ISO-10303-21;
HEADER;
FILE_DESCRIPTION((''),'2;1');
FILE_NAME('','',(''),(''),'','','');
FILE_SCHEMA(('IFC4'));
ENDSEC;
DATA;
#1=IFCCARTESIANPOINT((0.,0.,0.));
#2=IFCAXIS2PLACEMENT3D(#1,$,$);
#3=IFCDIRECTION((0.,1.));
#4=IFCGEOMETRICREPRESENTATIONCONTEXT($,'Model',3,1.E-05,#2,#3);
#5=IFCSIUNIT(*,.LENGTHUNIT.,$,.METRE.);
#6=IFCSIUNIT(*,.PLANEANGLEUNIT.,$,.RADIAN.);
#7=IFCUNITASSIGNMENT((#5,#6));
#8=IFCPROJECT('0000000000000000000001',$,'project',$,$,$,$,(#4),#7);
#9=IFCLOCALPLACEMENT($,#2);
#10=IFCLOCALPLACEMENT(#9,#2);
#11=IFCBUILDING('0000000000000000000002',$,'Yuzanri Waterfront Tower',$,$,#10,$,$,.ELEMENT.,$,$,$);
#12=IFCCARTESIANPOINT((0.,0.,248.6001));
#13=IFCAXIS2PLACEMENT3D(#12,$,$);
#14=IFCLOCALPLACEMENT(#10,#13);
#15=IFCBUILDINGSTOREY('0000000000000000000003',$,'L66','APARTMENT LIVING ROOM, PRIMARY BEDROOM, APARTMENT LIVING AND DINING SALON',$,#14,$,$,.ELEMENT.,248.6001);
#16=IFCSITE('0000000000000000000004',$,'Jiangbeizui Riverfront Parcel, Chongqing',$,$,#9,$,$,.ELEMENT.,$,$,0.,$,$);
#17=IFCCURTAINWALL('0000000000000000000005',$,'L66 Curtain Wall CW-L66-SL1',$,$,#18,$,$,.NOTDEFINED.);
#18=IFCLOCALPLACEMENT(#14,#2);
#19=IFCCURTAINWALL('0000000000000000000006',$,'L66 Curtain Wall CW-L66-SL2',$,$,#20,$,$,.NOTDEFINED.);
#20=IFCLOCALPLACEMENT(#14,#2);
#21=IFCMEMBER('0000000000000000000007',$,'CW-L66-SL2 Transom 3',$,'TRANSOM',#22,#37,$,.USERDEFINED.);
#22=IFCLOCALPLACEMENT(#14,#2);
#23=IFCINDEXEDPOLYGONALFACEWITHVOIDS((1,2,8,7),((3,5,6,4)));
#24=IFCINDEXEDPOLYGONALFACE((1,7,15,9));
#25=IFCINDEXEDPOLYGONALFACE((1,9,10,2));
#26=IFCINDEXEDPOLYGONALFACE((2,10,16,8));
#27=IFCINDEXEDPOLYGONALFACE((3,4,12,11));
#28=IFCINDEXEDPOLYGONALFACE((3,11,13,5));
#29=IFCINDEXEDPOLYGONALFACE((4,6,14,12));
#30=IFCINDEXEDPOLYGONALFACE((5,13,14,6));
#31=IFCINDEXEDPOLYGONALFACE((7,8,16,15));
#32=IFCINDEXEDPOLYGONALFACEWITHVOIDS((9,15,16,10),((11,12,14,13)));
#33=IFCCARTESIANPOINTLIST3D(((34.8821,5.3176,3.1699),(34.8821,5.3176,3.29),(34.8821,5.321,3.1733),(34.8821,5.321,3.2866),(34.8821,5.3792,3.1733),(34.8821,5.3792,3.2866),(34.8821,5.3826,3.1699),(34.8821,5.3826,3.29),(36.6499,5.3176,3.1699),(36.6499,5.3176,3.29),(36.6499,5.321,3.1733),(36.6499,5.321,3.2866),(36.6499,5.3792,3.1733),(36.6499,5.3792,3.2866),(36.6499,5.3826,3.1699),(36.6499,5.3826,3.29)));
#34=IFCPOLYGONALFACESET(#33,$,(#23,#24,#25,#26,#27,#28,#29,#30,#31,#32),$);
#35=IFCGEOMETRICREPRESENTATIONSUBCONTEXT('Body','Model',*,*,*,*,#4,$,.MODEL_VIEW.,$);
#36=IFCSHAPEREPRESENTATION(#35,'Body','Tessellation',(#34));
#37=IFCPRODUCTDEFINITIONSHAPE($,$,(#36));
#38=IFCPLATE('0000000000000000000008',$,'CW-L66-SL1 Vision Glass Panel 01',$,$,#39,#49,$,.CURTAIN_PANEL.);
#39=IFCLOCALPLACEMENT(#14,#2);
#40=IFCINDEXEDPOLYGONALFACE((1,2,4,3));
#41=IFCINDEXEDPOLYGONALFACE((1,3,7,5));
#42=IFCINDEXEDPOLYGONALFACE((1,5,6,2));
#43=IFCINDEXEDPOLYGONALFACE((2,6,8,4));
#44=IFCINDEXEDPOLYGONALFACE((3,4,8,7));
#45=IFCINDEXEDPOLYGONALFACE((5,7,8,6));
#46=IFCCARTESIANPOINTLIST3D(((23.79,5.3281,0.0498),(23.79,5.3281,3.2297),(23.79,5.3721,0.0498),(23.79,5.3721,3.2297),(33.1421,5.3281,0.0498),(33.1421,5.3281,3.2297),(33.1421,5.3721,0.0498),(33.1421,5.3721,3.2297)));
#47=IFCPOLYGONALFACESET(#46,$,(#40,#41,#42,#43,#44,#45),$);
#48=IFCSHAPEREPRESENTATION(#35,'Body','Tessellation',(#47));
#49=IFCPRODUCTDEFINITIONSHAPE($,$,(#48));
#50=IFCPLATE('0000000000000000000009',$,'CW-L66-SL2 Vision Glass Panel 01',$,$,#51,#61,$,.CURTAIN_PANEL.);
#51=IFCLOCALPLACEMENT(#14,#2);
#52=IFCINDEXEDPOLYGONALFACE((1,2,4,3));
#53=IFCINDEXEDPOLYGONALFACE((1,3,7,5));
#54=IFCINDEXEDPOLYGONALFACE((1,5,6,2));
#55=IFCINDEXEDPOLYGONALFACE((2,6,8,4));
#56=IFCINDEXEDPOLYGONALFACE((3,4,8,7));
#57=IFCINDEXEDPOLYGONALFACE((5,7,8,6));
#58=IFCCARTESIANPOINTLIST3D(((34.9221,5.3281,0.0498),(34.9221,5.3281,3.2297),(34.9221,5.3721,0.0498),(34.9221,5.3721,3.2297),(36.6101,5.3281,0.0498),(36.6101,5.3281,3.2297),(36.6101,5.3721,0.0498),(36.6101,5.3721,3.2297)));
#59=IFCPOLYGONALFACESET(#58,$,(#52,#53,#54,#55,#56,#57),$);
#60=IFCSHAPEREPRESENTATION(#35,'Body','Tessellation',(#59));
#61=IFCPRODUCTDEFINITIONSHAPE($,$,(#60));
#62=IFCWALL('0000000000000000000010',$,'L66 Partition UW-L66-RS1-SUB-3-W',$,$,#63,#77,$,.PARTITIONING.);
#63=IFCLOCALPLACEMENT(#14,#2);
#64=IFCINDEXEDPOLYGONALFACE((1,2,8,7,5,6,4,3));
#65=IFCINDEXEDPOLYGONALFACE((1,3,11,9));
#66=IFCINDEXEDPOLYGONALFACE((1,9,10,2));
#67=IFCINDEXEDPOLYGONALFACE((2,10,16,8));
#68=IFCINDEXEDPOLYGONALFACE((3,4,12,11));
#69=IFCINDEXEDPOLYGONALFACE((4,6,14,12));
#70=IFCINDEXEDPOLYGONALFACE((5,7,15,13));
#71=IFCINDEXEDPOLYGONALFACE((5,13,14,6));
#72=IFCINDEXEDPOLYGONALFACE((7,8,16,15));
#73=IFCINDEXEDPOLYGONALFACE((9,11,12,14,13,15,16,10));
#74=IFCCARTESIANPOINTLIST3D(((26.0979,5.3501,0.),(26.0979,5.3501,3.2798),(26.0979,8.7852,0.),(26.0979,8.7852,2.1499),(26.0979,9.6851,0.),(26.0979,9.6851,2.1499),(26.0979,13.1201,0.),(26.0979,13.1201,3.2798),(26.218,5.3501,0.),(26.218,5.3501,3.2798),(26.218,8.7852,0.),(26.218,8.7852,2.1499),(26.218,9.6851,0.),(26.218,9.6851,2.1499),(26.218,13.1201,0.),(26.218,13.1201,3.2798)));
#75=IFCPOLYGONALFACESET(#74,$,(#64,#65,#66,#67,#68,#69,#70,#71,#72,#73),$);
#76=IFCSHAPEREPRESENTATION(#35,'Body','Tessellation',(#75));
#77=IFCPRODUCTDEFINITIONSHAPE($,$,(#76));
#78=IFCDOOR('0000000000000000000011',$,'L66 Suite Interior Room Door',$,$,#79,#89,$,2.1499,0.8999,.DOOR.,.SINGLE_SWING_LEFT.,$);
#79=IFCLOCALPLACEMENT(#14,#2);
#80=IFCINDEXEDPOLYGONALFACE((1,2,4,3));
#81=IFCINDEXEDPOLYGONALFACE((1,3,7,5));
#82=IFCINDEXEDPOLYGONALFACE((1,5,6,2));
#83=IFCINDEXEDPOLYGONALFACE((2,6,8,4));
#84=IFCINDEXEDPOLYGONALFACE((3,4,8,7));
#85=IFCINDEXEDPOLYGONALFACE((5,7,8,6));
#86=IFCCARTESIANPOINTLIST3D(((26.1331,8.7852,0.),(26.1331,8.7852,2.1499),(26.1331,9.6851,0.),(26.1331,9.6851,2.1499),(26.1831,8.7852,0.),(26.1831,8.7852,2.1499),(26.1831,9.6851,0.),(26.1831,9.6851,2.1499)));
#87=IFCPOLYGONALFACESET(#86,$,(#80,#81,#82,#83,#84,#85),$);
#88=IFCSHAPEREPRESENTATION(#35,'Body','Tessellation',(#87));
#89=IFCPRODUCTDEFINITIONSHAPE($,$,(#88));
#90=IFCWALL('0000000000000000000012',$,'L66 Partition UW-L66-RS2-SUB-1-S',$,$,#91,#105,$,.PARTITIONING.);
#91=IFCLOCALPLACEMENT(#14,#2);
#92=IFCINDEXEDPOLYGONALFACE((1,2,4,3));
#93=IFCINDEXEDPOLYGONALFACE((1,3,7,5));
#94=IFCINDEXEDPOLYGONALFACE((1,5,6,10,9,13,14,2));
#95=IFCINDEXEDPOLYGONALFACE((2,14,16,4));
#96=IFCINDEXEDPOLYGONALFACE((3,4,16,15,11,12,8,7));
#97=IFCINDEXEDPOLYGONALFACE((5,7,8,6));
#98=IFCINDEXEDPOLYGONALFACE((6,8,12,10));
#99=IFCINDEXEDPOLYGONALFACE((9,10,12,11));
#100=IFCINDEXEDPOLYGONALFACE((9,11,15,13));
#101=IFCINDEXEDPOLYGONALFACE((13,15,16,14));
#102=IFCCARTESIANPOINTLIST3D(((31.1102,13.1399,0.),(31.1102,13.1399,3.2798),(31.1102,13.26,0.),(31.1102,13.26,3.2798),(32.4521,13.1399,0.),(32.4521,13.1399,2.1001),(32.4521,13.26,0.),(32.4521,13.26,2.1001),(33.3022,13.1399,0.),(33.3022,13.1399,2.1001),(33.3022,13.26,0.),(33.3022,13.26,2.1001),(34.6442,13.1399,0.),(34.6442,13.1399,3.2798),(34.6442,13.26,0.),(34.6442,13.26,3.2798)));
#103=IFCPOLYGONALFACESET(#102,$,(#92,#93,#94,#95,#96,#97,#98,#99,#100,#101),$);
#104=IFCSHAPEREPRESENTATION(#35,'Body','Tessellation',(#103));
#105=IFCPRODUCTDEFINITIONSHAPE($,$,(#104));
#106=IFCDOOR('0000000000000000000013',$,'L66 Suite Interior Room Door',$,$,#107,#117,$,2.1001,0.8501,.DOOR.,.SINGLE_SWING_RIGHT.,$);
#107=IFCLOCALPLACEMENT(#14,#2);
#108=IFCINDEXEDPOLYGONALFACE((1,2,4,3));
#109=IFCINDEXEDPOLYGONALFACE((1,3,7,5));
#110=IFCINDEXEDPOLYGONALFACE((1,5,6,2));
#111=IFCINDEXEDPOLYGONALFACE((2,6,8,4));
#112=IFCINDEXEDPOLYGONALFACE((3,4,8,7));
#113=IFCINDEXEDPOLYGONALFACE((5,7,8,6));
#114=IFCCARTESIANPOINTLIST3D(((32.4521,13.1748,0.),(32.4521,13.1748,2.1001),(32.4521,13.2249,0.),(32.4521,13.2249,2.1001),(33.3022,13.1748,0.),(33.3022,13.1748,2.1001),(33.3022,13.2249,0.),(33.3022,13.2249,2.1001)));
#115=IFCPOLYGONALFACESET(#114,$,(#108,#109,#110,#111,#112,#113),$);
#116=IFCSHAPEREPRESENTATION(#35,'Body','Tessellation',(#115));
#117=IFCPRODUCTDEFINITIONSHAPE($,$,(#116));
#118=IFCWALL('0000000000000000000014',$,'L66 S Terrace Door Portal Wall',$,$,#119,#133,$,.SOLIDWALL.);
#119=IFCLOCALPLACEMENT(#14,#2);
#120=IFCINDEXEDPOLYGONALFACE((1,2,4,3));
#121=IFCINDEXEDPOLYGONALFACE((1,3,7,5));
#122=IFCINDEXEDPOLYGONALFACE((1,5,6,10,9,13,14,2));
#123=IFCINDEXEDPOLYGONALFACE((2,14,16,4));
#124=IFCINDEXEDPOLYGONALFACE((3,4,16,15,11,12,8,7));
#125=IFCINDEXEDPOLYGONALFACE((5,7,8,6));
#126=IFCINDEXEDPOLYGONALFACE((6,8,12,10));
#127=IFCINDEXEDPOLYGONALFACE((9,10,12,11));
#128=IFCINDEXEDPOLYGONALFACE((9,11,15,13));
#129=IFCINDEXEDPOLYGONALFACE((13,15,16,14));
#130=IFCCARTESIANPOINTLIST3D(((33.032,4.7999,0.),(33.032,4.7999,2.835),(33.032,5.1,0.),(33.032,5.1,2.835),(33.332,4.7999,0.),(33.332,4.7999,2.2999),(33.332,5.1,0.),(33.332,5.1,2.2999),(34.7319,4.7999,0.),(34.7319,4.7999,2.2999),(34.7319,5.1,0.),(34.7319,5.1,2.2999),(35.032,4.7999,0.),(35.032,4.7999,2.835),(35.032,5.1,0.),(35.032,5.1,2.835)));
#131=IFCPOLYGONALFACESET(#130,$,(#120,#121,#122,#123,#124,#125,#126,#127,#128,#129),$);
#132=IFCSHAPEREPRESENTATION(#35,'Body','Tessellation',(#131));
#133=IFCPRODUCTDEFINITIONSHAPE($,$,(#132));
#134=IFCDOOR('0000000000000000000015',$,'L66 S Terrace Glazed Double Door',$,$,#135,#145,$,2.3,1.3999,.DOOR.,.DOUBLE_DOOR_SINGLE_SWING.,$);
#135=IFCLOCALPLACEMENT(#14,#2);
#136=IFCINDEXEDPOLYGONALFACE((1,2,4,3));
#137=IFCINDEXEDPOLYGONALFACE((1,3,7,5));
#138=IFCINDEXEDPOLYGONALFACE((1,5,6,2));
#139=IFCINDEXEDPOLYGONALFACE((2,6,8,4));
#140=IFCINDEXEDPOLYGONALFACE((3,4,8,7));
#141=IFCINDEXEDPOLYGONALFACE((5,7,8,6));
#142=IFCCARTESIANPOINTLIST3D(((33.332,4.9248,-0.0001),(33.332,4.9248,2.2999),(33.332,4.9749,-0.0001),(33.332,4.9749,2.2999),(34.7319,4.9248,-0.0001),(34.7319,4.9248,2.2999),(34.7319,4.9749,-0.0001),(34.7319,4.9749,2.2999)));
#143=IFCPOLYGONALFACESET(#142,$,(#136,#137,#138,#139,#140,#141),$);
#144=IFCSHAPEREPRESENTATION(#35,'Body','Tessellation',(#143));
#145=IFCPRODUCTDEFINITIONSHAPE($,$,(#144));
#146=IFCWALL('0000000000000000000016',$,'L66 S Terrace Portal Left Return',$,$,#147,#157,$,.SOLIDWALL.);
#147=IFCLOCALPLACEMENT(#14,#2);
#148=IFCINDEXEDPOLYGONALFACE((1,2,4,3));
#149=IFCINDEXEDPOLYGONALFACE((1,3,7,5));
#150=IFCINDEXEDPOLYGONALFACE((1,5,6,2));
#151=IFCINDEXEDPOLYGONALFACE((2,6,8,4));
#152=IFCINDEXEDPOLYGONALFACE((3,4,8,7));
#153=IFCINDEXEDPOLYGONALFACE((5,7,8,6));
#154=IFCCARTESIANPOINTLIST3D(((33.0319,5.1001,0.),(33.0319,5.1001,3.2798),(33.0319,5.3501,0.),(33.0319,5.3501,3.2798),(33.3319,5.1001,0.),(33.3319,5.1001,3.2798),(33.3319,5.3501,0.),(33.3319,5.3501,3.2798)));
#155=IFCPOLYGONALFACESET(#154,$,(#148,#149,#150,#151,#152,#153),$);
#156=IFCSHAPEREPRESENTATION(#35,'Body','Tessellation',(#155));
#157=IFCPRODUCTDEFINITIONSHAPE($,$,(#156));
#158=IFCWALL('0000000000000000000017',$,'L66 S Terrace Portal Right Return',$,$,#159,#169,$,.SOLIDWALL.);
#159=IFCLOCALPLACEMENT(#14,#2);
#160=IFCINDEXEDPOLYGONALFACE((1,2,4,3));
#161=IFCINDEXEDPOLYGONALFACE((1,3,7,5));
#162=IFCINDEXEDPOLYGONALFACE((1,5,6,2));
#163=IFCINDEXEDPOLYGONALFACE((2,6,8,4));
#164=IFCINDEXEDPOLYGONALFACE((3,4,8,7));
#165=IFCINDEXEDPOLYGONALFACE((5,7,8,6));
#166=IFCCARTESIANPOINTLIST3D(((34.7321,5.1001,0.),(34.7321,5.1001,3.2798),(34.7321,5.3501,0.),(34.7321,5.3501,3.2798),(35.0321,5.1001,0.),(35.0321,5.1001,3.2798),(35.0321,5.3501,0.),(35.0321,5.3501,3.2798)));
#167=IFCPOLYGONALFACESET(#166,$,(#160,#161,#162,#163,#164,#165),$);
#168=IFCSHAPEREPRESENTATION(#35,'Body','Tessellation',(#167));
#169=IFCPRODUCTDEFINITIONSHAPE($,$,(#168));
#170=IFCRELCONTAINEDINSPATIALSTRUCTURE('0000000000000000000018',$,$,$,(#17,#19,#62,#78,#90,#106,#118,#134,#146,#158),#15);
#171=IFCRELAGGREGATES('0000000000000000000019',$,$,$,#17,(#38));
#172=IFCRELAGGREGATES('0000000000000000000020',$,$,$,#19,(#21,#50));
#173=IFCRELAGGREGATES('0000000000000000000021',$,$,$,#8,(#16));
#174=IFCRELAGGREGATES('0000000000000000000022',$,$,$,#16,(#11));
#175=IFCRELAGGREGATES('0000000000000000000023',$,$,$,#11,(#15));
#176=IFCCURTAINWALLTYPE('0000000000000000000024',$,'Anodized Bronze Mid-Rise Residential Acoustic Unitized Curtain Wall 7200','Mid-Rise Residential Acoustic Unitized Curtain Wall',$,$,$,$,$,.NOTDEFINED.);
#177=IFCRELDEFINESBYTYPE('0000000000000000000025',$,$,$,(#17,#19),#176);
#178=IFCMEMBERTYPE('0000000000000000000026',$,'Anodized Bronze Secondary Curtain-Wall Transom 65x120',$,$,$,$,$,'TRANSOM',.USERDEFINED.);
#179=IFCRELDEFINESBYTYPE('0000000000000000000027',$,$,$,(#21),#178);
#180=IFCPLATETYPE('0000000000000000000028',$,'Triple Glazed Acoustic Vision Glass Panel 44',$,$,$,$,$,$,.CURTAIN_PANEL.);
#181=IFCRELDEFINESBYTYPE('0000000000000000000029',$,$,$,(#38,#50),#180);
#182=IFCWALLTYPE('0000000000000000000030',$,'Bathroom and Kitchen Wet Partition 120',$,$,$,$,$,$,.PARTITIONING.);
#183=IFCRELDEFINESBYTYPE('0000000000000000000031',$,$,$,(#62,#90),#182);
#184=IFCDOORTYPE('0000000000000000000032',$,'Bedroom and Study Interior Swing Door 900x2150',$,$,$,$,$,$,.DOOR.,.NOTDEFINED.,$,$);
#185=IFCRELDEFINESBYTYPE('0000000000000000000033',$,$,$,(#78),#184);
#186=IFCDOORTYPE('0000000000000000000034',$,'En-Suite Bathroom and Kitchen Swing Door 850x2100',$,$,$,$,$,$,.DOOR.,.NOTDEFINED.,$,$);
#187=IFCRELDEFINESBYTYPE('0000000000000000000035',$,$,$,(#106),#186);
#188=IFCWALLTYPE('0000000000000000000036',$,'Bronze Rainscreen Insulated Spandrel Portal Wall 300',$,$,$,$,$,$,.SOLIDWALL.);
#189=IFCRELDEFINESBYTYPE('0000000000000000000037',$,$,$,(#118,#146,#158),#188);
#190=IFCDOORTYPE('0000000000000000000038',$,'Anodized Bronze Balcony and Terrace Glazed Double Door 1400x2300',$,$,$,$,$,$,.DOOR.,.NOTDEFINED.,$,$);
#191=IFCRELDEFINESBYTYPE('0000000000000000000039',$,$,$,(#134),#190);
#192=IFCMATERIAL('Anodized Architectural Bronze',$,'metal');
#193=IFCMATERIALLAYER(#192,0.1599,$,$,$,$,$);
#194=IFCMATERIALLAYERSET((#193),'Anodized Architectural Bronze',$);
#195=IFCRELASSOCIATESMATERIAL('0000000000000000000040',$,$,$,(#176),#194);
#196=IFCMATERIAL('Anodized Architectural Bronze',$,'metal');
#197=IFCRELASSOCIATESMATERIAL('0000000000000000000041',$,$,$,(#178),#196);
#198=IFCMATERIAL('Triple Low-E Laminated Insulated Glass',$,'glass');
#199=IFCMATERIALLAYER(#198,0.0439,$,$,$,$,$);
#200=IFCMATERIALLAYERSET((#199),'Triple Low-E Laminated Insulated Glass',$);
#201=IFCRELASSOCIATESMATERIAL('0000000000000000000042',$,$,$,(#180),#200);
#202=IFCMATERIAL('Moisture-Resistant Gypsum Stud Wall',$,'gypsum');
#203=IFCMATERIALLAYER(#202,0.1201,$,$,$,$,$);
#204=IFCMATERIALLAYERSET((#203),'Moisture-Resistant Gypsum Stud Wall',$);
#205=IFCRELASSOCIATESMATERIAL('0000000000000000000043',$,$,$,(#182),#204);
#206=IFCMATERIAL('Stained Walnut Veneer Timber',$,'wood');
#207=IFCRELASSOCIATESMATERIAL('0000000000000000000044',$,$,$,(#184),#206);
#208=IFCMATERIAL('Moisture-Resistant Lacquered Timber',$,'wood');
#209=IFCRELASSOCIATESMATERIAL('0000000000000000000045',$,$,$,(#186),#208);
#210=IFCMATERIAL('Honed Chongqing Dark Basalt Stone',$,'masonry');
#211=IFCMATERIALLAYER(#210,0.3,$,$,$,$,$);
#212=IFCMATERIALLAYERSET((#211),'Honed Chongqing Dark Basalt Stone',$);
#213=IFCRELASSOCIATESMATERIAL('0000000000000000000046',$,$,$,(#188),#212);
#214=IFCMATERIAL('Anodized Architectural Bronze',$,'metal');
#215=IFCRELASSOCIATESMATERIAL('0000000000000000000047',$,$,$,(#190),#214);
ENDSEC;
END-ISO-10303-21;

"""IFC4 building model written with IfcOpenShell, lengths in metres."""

from ifc_helpers import new_model, si_unit, direction, frame, frame_2d, origin, origin_2d, place, context, subcontext, project, spatial, rectangle, hollow_rectangle, extrude, source, transform, mapped, material, layer, layer_set, material_profile, profile_set, type_object, element, fill, aggregate, save


model = new_model("IFC4")

# Units and contexts
model_context = context("Model", 3, precision=1e-05, world=origin(), true_north=direction((0.0, 1.0)))
body_context = subcontext(model_context, "Body", "Model", "MODEL_VIEW")
ifc_project = project(units=[si_unit("LENGTHUNIT", "METRE"), si_unit("PLANEANGLEUNIT", "RADIAN")], contexts=[model_context])

# Site, building, storey
site_placement = place(None, origin())
site = spatial("IfcSite", under=ifc_project, at=site_placement, Name="Jiangbeizui Riverfront Parcel, Chongqing", CompositionType="ELEMENT", RefElevation=0.0)
building_placement = place(site_placement, origin())
building = spatial("IfcBuilding", under=site, at=building_placement, Name="Yuzanri Waterfront Tower", CompositionType="ELEMENT")
storey_placement = place(building_placement, frame((0.0, 0.0, 248.6001)))
storey = spatial("IfcBuildingStorey", under=building, at=storey_placement, Name="L66", Description="APARTMENT LIVING ROOM, PRIMARY BEDROOM, APARTMENT LIVING AND DINING SALON", CompositionType="ELEMENT", Elevation=248.6001)

# Curtain walls, member
ifc_material_1 = material(Name="Anodized Architectural Bronze", Category="metal")
ifc_layer_1 = layer(ifc_material_1, 0.1599)
ifc_layer_set_1 = layer_set([ifc_layer_1], Name="Anodized Architectural Bronze")
curtain_wall_type = type_object("IfcCurtainWallType", Name="Anodized Bronze Mid-Rise Residential Acoustic Unitized Curtain Wall 7200", Description="Mid-Rise Residential Acoustic Unitized Curtain Wall", PredefinedType="NOTDEFINED", material=ifc_layer_set_1)
curtain_wall_1_placement = place(storey_placement, origin())
curtain_wall_1 = element("IfcCurtainWall", 1, at=curtain_wall_1_placement, inside=storey, type_object=curtain_wall_type, Name="L66 Curtain Wall CW-L66-SL1", PredefinedType="NOTDEFINED")
curtain_wall_2_placement = place(storey_placement, origin())
curtain_wall_2 = element("IfcCurtainWall", 2, at=curtain_wall_2_placement, inside=storey, type_object=curtain_wall_type, Name="L66 Curtain Wall CW-L66-SL2", PredefinedType="NOTDEFINED")
ifc_material_2 = material(Name="Anodized Architectural Bronze", Category="metal")
ifc_material_profile_1 = material_profile(ifc_material_2, hollow_rectangle(XDim=0.0649, YDim=0.1201, WallThickness=0.0034, at=origin_2d()), Name="CWT 65x120")
ifc_profile_set_1 = profile_set([ifc_material_profile_1], Name="Anodized Architectural Bronze")
member_type_1 = type_object("IfcMemberType", Name="Anodized Bronze Secondary Curtain-Wall Transom 65x120", ElementType="TRANSOM", PredefinedType="USERDEFINED", material=ifc_profile_set_1)
shared_shape_1 = source(origin(), body_context, "Body", "SweptSolid", [
    extrude(hollow_rectangle(XDim=0.0649, YDim=0.1201, WallThickness=0.0034, at=origin_2d()), origin(), (0.0, 0.0, 1.0), 1.7678),
])
member_1_placement = place(storey_placement, frame((34.8821, 5.3501, 3.23), z_axis=(1.0, 0.0, 0.0), x_axis=(0.0, 1.0, 0.0)))
member_1 = element("IfcMember", 3, at=member_1_placement, type_object=member_type_1, Name="CW-L66-SL2 Transom 3", ObjectType="TRANSOM", PredefinedType="USERDEFINED", context=body_context, shape_type="MappedRepresentation", body=[
    mapped(shared_shape_1, transform((0.0, 0.0, 0.0), scale=1.0)),
])

# Plates
ifc_material_3 = material(Name="Triple Low-E Laminated Insulated Glass", Category="glass")
ifc_layer_2 = layer(ifc_material_3, 0.0439)
ifc_layer_set_2 = layer_set([ifc_layer_2], Name="Triple Low-E Laminated Insulated Glass")
plate_type = type_object("IfcPlateType", Name="Triple Glazed Acoustic Vision Glass Panel 44", PredefinedType="CURTAIN_PANEL", material=ifc_layer_set_2)
shared_shape_2 = source(origin(), body_context, "Body", "SweptSolid", [
    extrude(rectangle(XDim=9.3521, YDim=0.0439, at=origin_2d()), origin(), (0.0, 0.0, 1.0), 3.1799),
])
plate_1_placement = place(storey_placement, frame((28.4661, 5.3501, 0.0498), z_axis=(0.0, 0.0, 1.0), x_axis=(1.0, 0.0, 0.0)))
plate_1 = element("IfcPlate", 4, at=plate_1_placement, type_object=plate_type, Name="CW-L66-SL1 Vision Glass Panel 01", PredefinedType="CURTAIN_PANEL", context=body_context, shape_type="MappedRepresentation", body=[
    mapped(shared_shape_2, transform((0.0, 0.0, 0.0), scale=1.0)),
])
aggregate(curtain_wall_1, [plate_1])
shared_shape_3 = source(origin(), body_context, "Body", "SweptSolid", [
    extrude(rectangle(XDim=1.688, YDim=0.0439, at=origin_2d()), origin(), (0.0, 0.0, 1.0), 3.1799),
])
plate_2_placement = place(storey_placement, frame((35.7661, 5.3501, 0.0498), z_axis=(0.0, 0.0, 1.0), x_axis=(1.0, 0.0, 0.0)))
plate_2 = element("IfcPlate", 5, at=plate_2_placement, type_object=plate_type, Name="CW-L66-SL2 Vision Glass Panel 01", PredefinedType="CURTAIN_PANEL", context=body_context, shape_type="MappedRepresentation", body=[
    mapped(shared_shape_3, transform((0.0, 0.0, 0.0), scale=1.0)),
])
aggregate(curtain_wall_2, [member_1, plate_2])

# Walls, openings, doors
ifc_material_4 = material(Name="Moisture-Resistant Gypsum Stud Wall", Category="gypsum")
ifc_layer_3 = layer(ifc_material_4, 0.1201)
ifc_layer_set_3 = layer_set([ifc_layer_3], Name="Moisture-Resistant Gypsum Stud Wall")
wall_type_1 = type_object("IfcWallType", Name="Bathroom and Kitchen Wet Partition 120", PredefinedType="PARTITIONING", material=ifc_layer_set_3)
wall_1_placement = place(storey_placement, frame((26.158, 5.3501, 0.0), z_axis=(0.0, 0.0, 1.0), x_axis=(0.0, 1.0, 0.0)))
wall_1 = element("IfcWall", 6, at=wall_1_placement, inside=storey, type_object=wall_type_1, Name="L66 Partition UW-L66-RS1-SUB-3-W", PredefinedType="PARTITIONING", context=body_context, shape_type="SweptSolid", body=[
    extrude(rectangle(XDim=7.77, YDim=0.1201, at=frame_2d((3.885, 0.0))), origin(), (0.0, 0.0, 1.0), 3.2798),
])
opening_1_placement = place(wall_1_placement, frame((3.4351, 0.0, 0.0)))
opening_1 = element("IfcOpeningElement", 7, at=opening_1_placement, cuts=wall_1, PredefinedType="OPENING", context=body_context, shape_type="SweptSolid", body=[
    extrude(rectangle(XDim=0.8999, YDim=2.1499, at=frame_2d((0.45, 1.075))), frame((0.0, 0.075, 0.0), z_axis=(0.0, -1.0, 0.0), x_axis=(1.0, 0.0, 0.0)), (0.0, 0.0, 1.0), 0.1499),
])
ifc_material_5 = material(Name="Stained Walnut Veneer Timber", Category="wood")
door_type_1 = type_object("IfcDoorType", Name="Bedroom and Study Interior Swing Door 900x2150", OperationType="NOTDEFINED", PredefinedType="DOOR", material=ifc_material_5)
shared_shape_4 = source(origin(), body_context, "Body", "SweptSolid", [
    extrude(rectangle(XDim=0.8999, YDim=2.1499, at=frame_2d((0.45, 1.075))), frame((0.0, 0.0249, 0.0), z_axis=(0.0, -1.0, 0.0), x_axis=(1.0, 0.0, 0.0)), (0.0, 0.0, 1.0), 0.05),
])
door_1_placement = place(opening_1_placement, origin())
door_1 = element("IfcDoor", 8, at=door_1_placement, inside=storey, type_object=door_type_1, Name="L66 Suite Interior Room Door", OperationType="SINGLE_SWING_LEFT", OverallHeight=2.1499, OverallWidth=0.8999, PredefinedType="DOOR", context=body_context, shape_type="MappedRepresentation", body=[
    mapped(shared_shape_4, transform((0.0, 0.0, 0.0), scale=1.0)),
])
fill(opening_1, door_1)
wall_2_placement = place(storey_placement, frame((31.1101, 13.2, 0.0), z_axis=(0.0, 0.0, 1.0), x_axis=(1.0, 0.0, 0.0)))
wall_2 = element("IfcWall", 9, at=wall_2_placement, inside=storey, type_object=wall_type_1, Name="L66 Partition UW-L66-RS2-SUB-1-S", PredefinedType="PARTITIONING", context=body_context, shape_type="SweptSolid", body=[
    extrude(rectangle(XDim=3.5339, YDim=0.1201, at=frame_2d((1.7671, 0.0))), origin(), (0.0, 0.0, 1.0), 3.2798),
])
opening_2_placement = place(wall_2_placement, frame((1.342, 0.0, 0.0)))
opening_2 = element("IfcOpeningElement", 10, at=opening_2_placement, cuts=wall_2, PredefinedType="OPENING", context=body_context, shape_type="SweptSolid", body=[
    extrude(rectangle(XDim=0.8501, YDim=2.1001, at=frame_2d((0.425, 1.05))), frame((0.0, 0.075, 0.0), z_axis=(0.0, -1.0, 0.0), x_axis=(1.0, 0.0, 0.0)), (0.0, 0.0, 1.0), 0.1499),
])
ifc_material_6 = material(Name="Moisture-Resistant Lacquered Timber", Category="wood")
door_type_2 = type_object("IfcDoorType", Name="En-Suite Bathroom and Kitchen Swing Door 850x2100", OperationType="NOTDEFINED", PredefinedType="DOOR", material=ifc_material_6)
shared_shape_5 = source(origin(), body_context, "Body", "SweptSolid", [
    extrude(rectangle(XDim=0.8501, YDim=2.1001, at=frame_2d((0.425, 1.05))), frame((0.0, 0.0249, 0.0), z_axis=(0.0, -1.0, 0.0), x_axis=(1.0, 0.0, 0.0)), (0.0, 0.0, 1.0), 0.05),
])
door_2_placement = place(opening_2_placement, origin())
door_2 = element("IfcDoor", 11, at=door_2_placement, inside=storey, type_object=door_type_2, Name="L66 Suite Interior Room Door", OperationType="SINGLE_SWING_RIGHT", OverallHeight=2.1001, OverallWidth=0.8501, PredefinedType="DOOR", context=body_context, shape_type="MappedRepresentation", body=[
    mapped(shared_shape_5, transform((0.0, 0.0, 0.0), scale=1.0)),
])
fill(opening_2, door_2)
ifc_material_7 = material(Name="Honed Chongqing Dark Basalt Stone", Category="masonry")
ifc_layer_4 = layer(ifc_material_7, 0.3)
ifc_layer_set_4 = layer_set([ifc_layer_4], Name="Honed Chongqing Dark Basalt Stone")
wall_type_2 = type_object("IfcWallType", Name="Bronze Rainscreen Insulated Spandrel Portal Wall 300", PredefinedType="SOLIDWALL", material=ifc_layer_set_4)
wall_3_placement = place(storey_placement, frame((33.032, 4.95, 0.0), z_axis=(0.0, 0.0, 1.0), x_axis=(1.0, 0.0, 0.0)))
wall_3 = element("IfcWall", 12, at=wall_3_placement, inside=storey, type_object=wall_type_2, Name="L66 S Terrace Door Portal Wall", PredefinedType="SOLIDWALL", context=body_context, shape_type="SweptSolid", body=[
    extrude(rectangle(XDim=2.0, YDim=0.3, at=frame_2d((1.0, 0.0))), origin(), (0.0, 0.0, 1.0), 2.835),
])
opening_3_placement = place(wall_3_placement, frame((0.3, 0.0, 0.0)))
opening_3 = element("IfcOpeningElement", 13, at=opening_3_placement, cuts=wall_3, PredefinedType="OPENING", context=body_context, shape_type="SweptSolid", body=[
    extrude(rectangle(XDim=1.3999, YDim=2.3, at=frame_2d((0.7, 1.1499))), frame((0.0, 0.165, 0.0), z_axis=(0.0, -1.0, 0.0), x_axis=(1.0, 0.0, 0.0)), (0.0, 0.0, 1.0), 0.3298),
])
ifc_material_8 = material(Name="Anodized Architectural Bronze", Category="metal")
door_type_3 = type_object("IfcDoorType", Name="Anodized Bronze Balcony and Terrace Glazed Double Door 1400x2300", OperationType="NOTDEFINED", PredefinedType="DOOR", material=ifc_material_8)
shared_shape_6 = source(origin(), body_context, "Body", "SweptSolid", [
    extrude(rectangle(XDim=1.3999, YDim=2.3, at=frame_2d((0.7, 1.1499))), frame((0.0, 0.0249, 0.0), z_axis=(0.0, -1.0, 0.0), x_axis=(1.0, 0.0, 0.0)), (0.0, 0.0, 1.0), 0.05),
])
door_3_placement = place(opening_3_placement, origin())
door_3 = element("IfcDoor", 14, at=door_3_placement, inside=storey, type_object=door_type_3, Name="L66 S Terrace Glazed Double Door", OperationType="DOUBLE_DOOR_SINGLE_SWING", OverallHeight=2.3, OverallWidth=1.3999, PredefinedType="DOOR", context=body_context, shape_type="MappedRepresentation", body=[
    mapped(shared_shape_6, transform((0.0, 0.0, 0.0), scale=1.0)),
])
fill(opening_3, door_3)

# Walls
shared_shape_7 = source(origin(), body_context, "Body", "SweptSolid", [
    extrude(rectangle(XDim=0.25, YDim=0.3, at=frame_2d((0.125, 0.0))), origin(), (0.0, 0.0, 1.0), 3.2798),
])
for number, where, z_axis, x_axis, name in (
    (15, (33.1819, 5.3501, 0.0), (0.0, 0.0, 1.0), (0.0, -1.0, 0.0), "L66 S Terrace Portal Left Return"),
    (16, (34.8821, 5.1001, 0.0), (0.0, 0.0, 1.0), (0.0, 1.0, 0.0), "L66 S Terrace Portal Right Return"),
):
    element("IfcWall", number, at=place(storey_placement, frame(where, z_axis=z_axis, x_axis=x_axis)), inside=storey, type_object=wall_type_2, Name=name, PredefinedType="SOLIDWALL", context=body_context, shape_type="MappedRepresentation", body=[
        mapped(shared_shape_7, transform((0.0, 0.0, 0.0), scale=1.0)),
    ])

save(model, "model.ifc")
